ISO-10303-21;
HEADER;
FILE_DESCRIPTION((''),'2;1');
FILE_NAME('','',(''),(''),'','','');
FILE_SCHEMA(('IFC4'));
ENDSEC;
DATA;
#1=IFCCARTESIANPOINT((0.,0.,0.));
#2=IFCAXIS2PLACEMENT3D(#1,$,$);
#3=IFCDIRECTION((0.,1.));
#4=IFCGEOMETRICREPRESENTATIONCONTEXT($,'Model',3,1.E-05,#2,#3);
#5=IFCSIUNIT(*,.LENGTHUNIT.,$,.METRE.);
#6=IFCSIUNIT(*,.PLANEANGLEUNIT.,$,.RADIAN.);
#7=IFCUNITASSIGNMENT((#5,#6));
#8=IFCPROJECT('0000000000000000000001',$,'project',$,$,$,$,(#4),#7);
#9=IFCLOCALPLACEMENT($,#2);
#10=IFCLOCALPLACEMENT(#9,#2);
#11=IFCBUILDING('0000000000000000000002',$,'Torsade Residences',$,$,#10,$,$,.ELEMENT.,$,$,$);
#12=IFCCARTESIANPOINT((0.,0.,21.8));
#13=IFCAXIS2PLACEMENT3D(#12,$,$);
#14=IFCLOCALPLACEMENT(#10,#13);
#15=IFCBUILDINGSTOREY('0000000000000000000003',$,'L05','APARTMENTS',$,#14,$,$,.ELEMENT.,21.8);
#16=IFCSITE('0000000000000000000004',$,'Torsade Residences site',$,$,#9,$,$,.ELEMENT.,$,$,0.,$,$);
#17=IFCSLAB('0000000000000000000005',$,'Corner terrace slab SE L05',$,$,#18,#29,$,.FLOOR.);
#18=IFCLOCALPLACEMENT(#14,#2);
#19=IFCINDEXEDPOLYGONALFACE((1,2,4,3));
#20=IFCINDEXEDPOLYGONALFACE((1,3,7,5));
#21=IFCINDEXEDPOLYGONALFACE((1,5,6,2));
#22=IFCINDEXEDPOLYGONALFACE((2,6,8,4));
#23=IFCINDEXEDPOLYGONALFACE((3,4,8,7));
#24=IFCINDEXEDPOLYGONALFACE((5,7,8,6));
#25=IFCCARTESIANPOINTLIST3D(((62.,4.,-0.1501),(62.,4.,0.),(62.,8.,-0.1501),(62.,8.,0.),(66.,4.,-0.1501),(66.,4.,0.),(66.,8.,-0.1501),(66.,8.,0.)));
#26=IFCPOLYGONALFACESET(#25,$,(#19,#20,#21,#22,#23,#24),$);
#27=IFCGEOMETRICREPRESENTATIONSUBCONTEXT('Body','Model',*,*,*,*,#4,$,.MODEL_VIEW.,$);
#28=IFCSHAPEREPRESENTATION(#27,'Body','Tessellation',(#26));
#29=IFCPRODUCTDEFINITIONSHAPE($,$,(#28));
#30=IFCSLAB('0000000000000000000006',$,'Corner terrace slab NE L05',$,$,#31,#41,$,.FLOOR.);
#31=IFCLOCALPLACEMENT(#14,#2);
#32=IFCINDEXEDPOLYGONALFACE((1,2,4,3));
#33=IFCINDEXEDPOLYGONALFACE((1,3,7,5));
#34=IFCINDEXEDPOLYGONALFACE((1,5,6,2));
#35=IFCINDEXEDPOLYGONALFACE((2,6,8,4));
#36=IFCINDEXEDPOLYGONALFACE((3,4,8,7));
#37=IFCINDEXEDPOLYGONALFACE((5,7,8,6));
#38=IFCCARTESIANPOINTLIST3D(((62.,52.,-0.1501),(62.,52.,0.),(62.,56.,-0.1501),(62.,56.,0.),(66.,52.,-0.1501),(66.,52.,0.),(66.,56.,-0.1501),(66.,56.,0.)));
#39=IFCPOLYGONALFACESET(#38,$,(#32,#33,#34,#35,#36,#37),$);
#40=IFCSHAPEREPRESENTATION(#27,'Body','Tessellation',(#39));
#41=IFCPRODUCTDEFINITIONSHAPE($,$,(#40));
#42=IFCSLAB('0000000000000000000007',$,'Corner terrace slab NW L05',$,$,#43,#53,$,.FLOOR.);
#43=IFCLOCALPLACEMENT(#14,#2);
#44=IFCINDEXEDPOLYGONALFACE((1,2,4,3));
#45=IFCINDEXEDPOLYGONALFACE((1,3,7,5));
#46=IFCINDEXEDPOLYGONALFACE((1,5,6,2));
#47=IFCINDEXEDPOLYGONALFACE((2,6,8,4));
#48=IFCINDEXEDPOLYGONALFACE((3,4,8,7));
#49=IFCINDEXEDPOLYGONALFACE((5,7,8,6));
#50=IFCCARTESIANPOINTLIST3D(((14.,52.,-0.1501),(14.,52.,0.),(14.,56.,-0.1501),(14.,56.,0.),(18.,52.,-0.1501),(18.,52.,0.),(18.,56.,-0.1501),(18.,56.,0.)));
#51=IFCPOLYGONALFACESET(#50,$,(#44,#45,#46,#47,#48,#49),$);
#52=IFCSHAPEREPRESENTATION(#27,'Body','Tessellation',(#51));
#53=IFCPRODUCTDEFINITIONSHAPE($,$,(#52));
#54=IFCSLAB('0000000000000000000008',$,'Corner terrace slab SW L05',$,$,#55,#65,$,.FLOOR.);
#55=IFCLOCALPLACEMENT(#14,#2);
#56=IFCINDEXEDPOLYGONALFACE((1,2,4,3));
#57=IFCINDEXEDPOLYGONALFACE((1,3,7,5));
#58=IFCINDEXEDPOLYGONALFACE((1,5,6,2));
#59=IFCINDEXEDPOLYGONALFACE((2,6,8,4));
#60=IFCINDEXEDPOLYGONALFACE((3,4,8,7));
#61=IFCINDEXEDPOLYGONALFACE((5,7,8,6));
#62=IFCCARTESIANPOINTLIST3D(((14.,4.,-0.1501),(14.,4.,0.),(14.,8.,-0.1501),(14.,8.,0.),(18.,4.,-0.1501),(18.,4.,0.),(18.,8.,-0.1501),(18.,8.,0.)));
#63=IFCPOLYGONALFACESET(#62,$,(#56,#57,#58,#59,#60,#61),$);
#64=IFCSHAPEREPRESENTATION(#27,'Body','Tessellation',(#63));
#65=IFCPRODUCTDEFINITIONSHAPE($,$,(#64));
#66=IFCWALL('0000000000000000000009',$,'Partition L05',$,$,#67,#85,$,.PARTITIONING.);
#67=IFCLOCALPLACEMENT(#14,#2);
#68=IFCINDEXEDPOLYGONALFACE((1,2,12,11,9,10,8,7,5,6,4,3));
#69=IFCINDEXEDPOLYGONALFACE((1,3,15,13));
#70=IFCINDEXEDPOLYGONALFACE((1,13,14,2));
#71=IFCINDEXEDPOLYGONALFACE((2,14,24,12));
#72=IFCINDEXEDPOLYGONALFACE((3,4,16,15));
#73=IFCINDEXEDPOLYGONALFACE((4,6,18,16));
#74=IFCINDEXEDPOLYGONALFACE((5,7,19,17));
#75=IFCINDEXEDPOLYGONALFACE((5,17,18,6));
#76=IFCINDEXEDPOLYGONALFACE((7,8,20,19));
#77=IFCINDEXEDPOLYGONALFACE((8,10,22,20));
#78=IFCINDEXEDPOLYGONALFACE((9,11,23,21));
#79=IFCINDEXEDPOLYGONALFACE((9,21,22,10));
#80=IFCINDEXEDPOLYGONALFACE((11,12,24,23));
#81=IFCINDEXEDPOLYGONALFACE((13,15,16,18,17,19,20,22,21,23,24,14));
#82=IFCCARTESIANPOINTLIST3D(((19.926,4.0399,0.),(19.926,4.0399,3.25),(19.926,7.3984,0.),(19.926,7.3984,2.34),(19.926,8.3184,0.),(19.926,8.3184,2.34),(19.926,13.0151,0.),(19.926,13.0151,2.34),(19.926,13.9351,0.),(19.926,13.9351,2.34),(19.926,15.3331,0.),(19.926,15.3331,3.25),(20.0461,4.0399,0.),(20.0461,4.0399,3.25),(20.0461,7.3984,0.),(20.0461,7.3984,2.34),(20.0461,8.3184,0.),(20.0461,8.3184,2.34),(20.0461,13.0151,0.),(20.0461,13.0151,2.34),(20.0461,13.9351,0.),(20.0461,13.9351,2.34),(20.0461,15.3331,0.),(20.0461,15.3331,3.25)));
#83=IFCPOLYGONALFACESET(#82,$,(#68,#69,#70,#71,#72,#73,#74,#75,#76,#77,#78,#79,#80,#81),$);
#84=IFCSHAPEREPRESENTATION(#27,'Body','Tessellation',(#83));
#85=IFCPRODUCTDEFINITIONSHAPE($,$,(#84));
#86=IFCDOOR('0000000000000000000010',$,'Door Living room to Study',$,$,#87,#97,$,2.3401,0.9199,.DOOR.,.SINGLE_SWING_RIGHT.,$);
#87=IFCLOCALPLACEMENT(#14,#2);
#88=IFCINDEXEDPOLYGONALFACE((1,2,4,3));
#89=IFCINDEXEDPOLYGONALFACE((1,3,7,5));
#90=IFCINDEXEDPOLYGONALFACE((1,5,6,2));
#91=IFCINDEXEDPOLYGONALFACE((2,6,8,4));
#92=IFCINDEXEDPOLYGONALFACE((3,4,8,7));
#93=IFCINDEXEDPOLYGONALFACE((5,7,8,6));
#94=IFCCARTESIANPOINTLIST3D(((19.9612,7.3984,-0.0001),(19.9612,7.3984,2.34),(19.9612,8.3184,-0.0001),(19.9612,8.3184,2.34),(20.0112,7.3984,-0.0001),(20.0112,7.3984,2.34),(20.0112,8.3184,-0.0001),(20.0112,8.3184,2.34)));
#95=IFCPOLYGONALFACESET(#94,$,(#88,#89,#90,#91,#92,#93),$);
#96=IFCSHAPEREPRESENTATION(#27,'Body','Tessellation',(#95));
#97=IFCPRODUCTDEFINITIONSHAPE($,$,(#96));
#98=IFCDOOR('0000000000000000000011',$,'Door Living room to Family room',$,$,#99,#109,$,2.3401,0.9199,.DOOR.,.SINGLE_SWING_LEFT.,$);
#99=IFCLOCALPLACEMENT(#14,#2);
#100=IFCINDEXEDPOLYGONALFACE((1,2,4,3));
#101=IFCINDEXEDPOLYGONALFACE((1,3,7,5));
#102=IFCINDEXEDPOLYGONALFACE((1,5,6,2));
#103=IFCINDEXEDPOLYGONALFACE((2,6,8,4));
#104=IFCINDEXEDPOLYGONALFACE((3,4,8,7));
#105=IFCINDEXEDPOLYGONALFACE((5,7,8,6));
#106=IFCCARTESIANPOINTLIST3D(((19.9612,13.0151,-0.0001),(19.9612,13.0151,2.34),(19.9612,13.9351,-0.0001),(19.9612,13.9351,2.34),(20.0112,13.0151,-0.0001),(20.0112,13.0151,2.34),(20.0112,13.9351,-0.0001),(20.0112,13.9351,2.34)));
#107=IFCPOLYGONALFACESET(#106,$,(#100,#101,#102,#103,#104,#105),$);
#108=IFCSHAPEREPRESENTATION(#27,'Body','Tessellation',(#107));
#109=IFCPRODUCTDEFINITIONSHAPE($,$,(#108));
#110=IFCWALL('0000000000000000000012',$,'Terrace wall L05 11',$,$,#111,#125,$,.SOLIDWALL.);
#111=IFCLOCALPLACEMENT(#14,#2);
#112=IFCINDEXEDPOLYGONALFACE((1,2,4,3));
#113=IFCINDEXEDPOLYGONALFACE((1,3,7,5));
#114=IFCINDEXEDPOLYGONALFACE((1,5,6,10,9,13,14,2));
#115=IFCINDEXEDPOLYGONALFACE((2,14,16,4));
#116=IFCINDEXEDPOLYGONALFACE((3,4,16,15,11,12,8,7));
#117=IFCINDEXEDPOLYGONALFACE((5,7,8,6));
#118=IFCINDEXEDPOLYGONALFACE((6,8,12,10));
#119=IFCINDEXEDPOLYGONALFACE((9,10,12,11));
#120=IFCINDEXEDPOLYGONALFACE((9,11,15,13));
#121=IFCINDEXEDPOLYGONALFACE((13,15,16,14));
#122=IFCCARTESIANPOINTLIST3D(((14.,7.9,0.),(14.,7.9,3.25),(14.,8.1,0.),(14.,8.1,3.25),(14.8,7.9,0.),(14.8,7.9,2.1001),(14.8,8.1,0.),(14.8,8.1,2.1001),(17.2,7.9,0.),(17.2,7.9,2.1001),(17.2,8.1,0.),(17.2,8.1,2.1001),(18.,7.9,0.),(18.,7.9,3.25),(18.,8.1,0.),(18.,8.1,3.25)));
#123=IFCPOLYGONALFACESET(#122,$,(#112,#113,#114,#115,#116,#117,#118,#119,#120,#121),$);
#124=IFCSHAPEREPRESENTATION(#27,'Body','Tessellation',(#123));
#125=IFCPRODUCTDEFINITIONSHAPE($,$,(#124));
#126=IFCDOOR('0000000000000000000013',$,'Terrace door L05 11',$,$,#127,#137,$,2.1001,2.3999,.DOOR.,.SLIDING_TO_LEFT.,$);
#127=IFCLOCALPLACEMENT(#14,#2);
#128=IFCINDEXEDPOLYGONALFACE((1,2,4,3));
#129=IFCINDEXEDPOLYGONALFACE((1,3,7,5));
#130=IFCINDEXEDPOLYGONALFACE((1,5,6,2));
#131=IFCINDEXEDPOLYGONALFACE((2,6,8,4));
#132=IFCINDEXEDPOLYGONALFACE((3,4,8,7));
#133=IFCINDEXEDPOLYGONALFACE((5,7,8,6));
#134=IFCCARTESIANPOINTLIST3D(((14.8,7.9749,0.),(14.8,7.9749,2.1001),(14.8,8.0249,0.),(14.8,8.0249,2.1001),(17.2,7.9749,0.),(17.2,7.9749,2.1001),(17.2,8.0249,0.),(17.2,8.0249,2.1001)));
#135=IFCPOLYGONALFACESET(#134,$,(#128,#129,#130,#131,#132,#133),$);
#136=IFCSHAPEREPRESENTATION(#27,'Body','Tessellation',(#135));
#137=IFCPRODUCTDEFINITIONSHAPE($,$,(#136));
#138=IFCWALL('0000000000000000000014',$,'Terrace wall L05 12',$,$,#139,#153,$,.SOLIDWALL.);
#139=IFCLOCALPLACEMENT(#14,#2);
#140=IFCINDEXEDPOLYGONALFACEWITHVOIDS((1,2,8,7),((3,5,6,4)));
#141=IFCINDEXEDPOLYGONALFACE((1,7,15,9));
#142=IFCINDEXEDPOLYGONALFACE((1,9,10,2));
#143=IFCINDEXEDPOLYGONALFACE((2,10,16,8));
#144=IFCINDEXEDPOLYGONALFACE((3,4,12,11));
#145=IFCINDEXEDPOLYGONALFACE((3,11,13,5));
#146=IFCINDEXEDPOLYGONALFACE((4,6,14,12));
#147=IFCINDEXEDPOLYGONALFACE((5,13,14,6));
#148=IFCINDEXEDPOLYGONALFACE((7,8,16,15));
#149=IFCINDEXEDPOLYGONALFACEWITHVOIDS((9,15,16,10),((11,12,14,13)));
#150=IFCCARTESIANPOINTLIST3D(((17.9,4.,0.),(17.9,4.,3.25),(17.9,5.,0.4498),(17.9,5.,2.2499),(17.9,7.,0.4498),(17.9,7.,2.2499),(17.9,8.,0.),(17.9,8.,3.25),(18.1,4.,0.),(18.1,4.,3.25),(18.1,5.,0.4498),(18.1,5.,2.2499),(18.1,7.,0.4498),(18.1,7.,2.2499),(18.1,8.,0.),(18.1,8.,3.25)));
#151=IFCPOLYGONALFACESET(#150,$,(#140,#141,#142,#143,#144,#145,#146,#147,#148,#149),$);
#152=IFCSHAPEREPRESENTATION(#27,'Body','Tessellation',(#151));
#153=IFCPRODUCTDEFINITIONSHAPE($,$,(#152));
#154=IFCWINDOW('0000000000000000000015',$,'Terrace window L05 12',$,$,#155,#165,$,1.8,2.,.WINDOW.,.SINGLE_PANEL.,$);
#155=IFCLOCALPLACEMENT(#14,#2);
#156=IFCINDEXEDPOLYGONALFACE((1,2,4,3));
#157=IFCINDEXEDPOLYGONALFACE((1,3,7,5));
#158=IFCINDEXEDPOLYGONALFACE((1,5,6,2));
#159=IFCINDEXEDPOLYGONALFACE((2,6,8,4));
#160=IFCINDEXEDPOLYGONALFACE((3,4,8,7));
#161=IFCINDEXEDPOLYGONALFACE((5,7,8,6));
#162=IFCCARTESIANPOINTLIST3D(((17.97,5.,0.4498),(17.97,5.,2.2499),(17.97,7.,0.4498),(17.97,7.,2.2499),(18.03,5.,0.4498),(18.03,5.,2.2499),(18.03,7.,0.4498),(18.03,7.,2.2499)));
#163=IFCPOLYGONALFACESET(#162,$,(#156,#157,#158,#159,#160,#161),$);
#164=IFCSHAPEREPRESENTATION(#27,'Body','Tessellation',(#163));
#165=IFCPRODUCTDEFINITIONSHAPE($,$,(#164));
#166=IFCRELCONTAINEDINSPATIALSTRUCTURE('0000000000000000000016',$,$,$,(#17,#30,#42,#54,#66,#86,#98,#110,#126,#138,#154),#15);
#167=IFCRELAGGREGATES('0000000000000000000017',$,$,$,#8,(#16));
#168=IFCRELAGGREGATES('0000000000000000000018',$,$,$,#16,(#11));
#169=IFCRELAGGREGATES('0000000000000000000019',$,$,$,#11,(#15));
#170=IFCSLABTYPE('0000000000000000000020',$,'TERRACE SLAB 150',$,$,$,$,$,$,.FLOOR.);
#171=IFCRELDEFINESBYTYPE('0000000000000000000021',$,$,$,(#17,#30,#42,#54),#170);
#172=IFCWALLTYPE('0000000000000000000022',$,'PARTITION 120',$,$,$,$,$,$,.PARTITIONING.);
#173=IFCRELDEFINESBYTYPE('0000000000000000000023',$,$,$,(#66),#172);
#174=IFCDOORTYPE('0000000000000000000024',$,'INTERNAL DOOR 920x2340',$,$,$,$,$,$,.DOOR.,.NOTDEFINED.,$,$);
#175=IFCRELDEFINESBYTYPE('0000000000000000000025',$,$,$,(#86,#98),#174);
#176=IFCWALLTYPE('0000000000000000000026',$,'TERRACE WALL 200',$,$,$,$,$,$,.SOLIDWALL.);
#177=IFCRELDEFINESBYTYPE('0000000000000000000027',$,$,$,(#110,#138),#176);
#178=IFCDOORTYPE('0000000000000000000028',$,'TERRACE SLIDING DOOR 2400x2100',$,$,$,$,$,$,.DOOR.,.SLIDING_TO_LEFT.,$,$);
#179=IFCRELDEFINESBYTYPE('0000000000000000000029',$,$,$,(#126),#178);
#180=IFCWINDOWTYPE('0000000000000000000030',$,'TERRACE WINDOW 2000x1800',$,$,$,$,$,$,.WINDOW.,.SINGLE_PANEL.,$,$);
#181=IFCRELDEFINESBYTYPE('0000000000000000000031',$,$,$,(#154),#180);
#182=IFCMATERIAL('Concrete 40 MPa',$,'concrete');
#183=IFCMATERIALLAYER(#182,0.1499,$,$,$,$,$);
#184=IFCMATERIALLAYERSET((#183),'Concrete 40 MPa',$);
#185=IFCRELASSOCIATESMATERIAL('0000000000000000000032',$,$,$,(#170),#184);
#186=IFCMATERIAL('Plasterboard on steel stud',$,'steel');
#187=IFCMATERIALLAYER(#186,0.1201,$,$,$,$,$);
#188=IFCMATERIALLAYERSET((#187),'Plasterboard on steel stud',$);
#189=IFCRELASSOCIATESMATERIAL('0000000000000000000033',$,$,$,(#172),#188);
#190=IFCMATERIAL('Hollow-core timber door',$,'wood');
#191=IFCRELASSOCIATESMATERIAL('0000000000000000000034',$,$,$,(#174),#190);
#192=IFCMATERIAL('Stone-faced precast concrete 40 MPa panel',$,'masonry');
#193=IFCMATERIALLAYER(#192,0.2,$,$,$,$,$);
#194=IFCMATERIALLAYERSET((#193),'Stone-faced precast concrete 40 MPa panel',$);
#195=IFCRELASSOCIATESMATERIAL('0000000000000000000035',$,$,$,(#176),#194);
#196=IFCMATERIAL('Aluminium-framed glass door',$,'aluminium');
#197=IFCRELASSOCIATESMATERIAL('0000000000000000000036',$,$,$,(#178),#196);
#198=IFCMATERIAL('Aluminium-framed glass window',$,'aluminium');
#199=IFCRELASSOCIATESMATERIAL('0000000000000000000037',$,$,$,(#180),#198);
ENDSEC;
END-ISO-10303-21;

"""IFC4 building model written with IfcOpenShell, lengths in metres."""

from ifc_helpers import new_model, si_unit, direction, frame, frame_2d, origin, place, context, subcontext, project, spatial, polyline, rectangle, outline, extrude, material, layer, layer_set, type_object, element, fill, save


model = new_model("IFC4")

# Units and contexts
model_context = context("Model", 3, precision=1e-05, world=origin(), true_north=direction((0.0, 1.0)))
body_context = subcontext(model_context, "Body", "Model", "MODEL_VIEW")
ifc_project = project(units=[si_unit("LENGTHUNIT", "METRE"), si_unit("PLANEANGLEUNIT", "RADIAN")], contexts=[model_context])

# Site, building, storey
site_placement = place(None, origin())
site = spatial("IfcSite", under=ifc_project, at=site_placement, Name="Torsade Residences site", CompositionType="ELEMENT", RefElevation=0.0)
building_placement = place(site_placement, origin())
building = spatial("IfcBuilding", under=site, at=building_placement, Name="Torsade Residences", CompositionType="ELEMENT")
storey_placement = place(building_placement, frame((0.0, 0.0, 21.8)))
storey = spatial("IfcBuildingStorey", under=building, at=storey_placement, Name="L05", Description="APARTMENTS", CompositionType="ELEMENT", Elevation=21.8)

# Slabs
ifc_material_1 = material(Name="Concrete 40 MPa", Category="concrete")
ifc_layer_1 = layer(ifc_material_1, 0.1499)
ifc_layer_set_1 = layer_set([ifc_layer_1], Name="Concrete 40 MPa")
slab_type_1 = type_object("IfcSlabType", Name="TERRACE SLAB 150", PredefinedType="FLOOR", material=ifc_layer_set_1)
slab_1_placement = place(storey_placement, frame((0.0, 0.0, -0.1501)))
element("IfcSlab", 1, at=slab_1_placement, inside=storey, type_object=slab_type_1, Name="Corner terrace slab SE L05", PredefinedType="FLOOR", context=body_context, shape_type="SweptSolid", body=[
    extrude(outline(polyline([(62.0, 4.0), (66.0, 4.0), (66.0, 8.0), (62.0, 8.0), (62.0, 4.0)])), origin(), (0.0, 0.0, 1.0), 0.1501),
])
slab_2_placement = place(storey_placement, frame((0.0, 0.0, -0.1501)))
element("IfcSlab", 2, at=slab_2_placement, inside=storey, type_object=slab_type_1, Name="Corner terrace slab NE L05", PredefinedType="FLOOR", context=body_context, shape_type="SweptSolid", body=[
    extrude(outline(polyline([(62.0, 52.0), (66.0, 52.0), (66.0, 56.0), (62.0, 56.0), (62.0, 52.0)])), origin(), (0.0, 0.0, 1.0), 0.1501),
])
slab_3_placement = place(storey_placement, frame((0.0, 0.0, -0.1501)))
element("IfcSlab", 3, at=slab_3_placement, inside=storey, type_object=slab_type_1, Name="Corner terrace slab NW L05", PredefinedType="FLOOR", context=body_context, shape_type="SweptSolid", body=[
    extrude(outline(polyline([(14.0, 52.0), (18.0, 52.0), (18.0, 56.0), (14.0, 56.0), (14.0, 52.0)])), origin(), (0.0, 0.0, 1.0), 0.1501),
])
slab_4_placement = place(storey_placement, frame((0.0, 0.0, -0.1501)))
element("IfcSlab", 4, at=slab_4_placement, inside=storey, type_object=slab_type_1, Name="Corner terrace slab SW L05", PredefinedType="FLOOR", context=body_context, shape_type="SweptSolid", body=[
    extrude(outline(polyline([(14.0, 4.0), (18.0, 4.0), (18.0, 8.0), (14.0, 8.0), (14.0, 4.0)])), origin(), (0.0, 0.0, 1.0), 0.1501),
])

# Wall, openings, doors
ifc_material_2 = material(Name="Plasterboard on steel stud", Category="steel")
ifc_layer_2 = layer(ifc_material_2, 0.1201)
ifc_layer_set_2 = layer_set([ifc_layer_2], Name="Plasterboard on steel stud")
wall_type_1 = type_object("IfcWallType", Name="PARTITION 120", PredefinedType="PARTITIONING", material=ifc_layer_set_2)
wall_1_placement = place(storey_placement, frame((19.9861, 4.04, 0.0), z_axis=(0.0, 0.0, 1.0), x_axis=(0.0, 1.0, 0.0)))
wall_1 = element("IfcWall", 5, at=wall_1_placement, inside=storey, type_object=wall_type_1, Name="Partition L05", PredefinedType="PARTITIONING", context=body_context, shape_type="SweptSolid", body=[
    extrude(rectangle(XDim=11.2932, YDim=0.1201, at=frame_2d((5.6465, 0.0))), origin(), (0.0, 0.0, 1.0), 3.25),
])
opening_1_placement = place(wall_1_placement, frame((3.3584, 0.0, 0.0)))
opening_1 = element("IfcOpeningElement", 6, at=opening_1_placement, cuts=wall_1, PredefinedType="OPENING", context=body_context, shape_type="SweptSolid", body=[
    extrude(rectangle(XDim=0.9199, YDim=2.3401, at=frame_2d((0.46, 1.1699))), frame((0.0, 0.0701, 0.0), z_axis=(0.0, -1.0, 0.0), x_axis=(1.0, 0.0, 0.0)), (0.0, 0.0, 1.0), 0.1401),
])
opening_2_placement = place(wall_1_placement, frame((8.9751, 0.0, 0.0)))
opening_2 = element("IfcOpeningElement", 7, at=opening_2_placement, cuts=wall_1, PredefinedType="OPENING", context=body_context, shape_type="SweptSolid", body=[
    extrude(rectangle(XDim=0.9199, YDim=2.3401, at=frame_2d((0.46, 1.1699))), frame((0.0, 0.0701, 0.0), z_axis=(0.0, -1.0, 0.0), x_axis=(1.0, 0.0, 0.0)), (0.0, 0.0, 1.0), 0.1401),
])
ifc_material_3 = material(Name="Hollow-core timber door", Category="wood")
door_type_1 = type_object("IfcDoorType", Name="INTERNAL DOOR 920x2340", OperationType="NOTDEFINED", PredefinedType="DOOR", material=ifc_material_3)
door_1_placement = place(opening_1_placement, origin())
door_1 = element("IfcDoor", 8, at=door_1_placement, inside=storey, type_object=door_type_1, Name="Door Living room to Study", OperationType="SINGLE_SWING_RIGHT", OverallHeight=2.3401, OverallWidth=0.9199, PredefinedType="DOOR", context=body_context, shape_type="SweptSolid", body=[
    extrude(rectangle(XDim=0.9199, YDim=2.3401, at=frame_2d((0.46, 1.1699))), frame((0.0, 0.0249, 0.0), z_axis=(0.0, -1.0, 0.0), x_axis=(1.0, 0.0, 0.0)), (0.0, 0.0, 1.0), 0.05),
])
fill(opening_1, door_1)
door_2_placement = place(opening_2_placement, origin())
door_2 = element("IfcDoor", 9, at=door_2_placement, inside=storey, type_object=door_type_1, Name="Door Living room to Family room", OperationType="SINGLE_SWING_LEFT", OverallHeight=2.3401, OverallWidth=0.9199, PredefinedType="DOOR", context=body_context, shape_type="SweptSolid", body=[
    extrude(rectangle(XDim=0.9199, YDim=2.3401, at=frame_2d((0.46, 1.1699))), frame((0.0, 0.0249, 0.0), z_axis=(0.0, -1.0, 0.0), x_axis=(1.0, 0.0, 0.0)), (0.0, 0.0, 1.0), 0.05),
])
fill(opening_2, door_2)

# Wall, opening, door
ifc_material_4 = material(Name="Stone-faced precast concrete 40 MPa panel", Category="masonry")
ifc_layer_3 = layer(ifc_material_4, 0.2)
ifc_layer_set_3 = layer_set([ifc_layer_3], Name="Stone-faced precast concrete 40 MPa panel")
wall_type_2 = type_object("IfcWallType", Name="TERRACE WALL 200", PredefinedType="SOLIDWALL", material=ifc_layer_set_3)
wall_2_placement = place(storey_placement, frame((14.0, 8.0, 0.0), z_axis=(0.0, 0.0, 1.0), x_axis=(1.0, 0.0, 0.0)))
wall_2 = element("IfcWall", 10, at=wall_2_placement, inside=storey, type_object=wall_type_2, Name="Terrace wall L05 11", PredefinedType="SOLIDWALL", context=body_context, shape_type="SweptSolid", body=[
    extrude(rectangle(XDim=4.0, YDim=0.2, at=frame_2d((2.0, 0.0))), origin(), (0.0, 0.0, 1.0), 3.25),
])
opening_3_placement = place(wall_2_placement, frame((0.8, 0.0, 0.0)))
opening_3 = element("IfcOpeningElement", 11, at=opening_3_placement, cuts=wall_2, PredefinedType="OPENING", context=body_context, shape_type="SweptSolid", body=[
    extrude(rectangle(XDim=2.3999, YDim=2.1001, at=frame_2d((1.2, 1.05))), frame((0.0, 0.1099, 0.0), z_axis=(0.0, -1.0, 0.0), x_axis=(1.0, 0.0, 0.0)), (0.0, 0.0, 1.0), 0.22),
])
ifc_material_5 = material(Name="Aluminium-framed glass door", Category="aluminium")
door_type_2 = type_object("IfcDoorType", Name="TERRACE SLIDING DOOR 2400x2100", OperationType="SLIDING_TO_LEFT", PredefinedType="DOOR", material=ifc_material_5)
door_3_placement = place(opening_3_placement, origin())
door_3 = element("IfcDoor", 12, at=door_3_placement, inside=storey, type_object=door_type_2, Name="Terrace door L05 11", OperationType="SLIDING_TO_LEFT", OverallHeight=2.1001, OverallWidth=2.3999, PredefinedType="DOOR", context=body_context, shape_type="SweptSolid", body=[
    extrude(rectangle(XDim=2.3999, YDim=2.1001, at=frame_2d((1.2, 1.05))), frame((0.0, 0.0249, 0.0), z_axis=(0.0, -1.0, 0.0), x_axis=(1.0, 0.0, 0.0)), (0.0, 0.0, 1.0), 0.05),
])
fill(opening_3, door_3)

# Wall, opening, window
wall_3_placement = place(storey_placement, frame((18.0, 8.0, 0.0), z_axis=(0.0, 0.0, 1.0), x_axis=(0.0, -1.0, 0.0)))
wall_3 = element("IfcWall", 13, at=wall_3_placement, inside=storey, type_object=wall_type_2, Name="Terrace wall L05 12", PredefinedType="SOLIDWALL", context=body_context, shape_type="SweptSolid", body=[
    extrude(rectangle(XDim=4.0, YDim=0.2, at=frame_2d((2.0, 0.0))), origin(), (0.0, 0.0, 1.0), 3.25),
])
opening_4_placement = place(wall_3_placement, frame((1.0, 0.0, 0.45)))
opening_4 = element("IfcOpeningElement", 14, at=opening_4_placement, cuts=wall_3, PredefinedType="OPENING", context=body_context, shape_type="SweptSolid", body=[
    extrude(rectangle(XDim=2.0, YDim=1.8, at=frame_2d((1.0, 0.8999))), frame((0.0, 0.1099, 0.0), z_axis=(0.0, -1.0, 0.0), x_axis=(1.0, 0.0, 0.0)), (0.0, 0.0, 1.0), 0.22),
])
ifc_material_6 = material(Name="Aluminium-framed glass window", Category="aluminium")
window_type = type_object("IfcWindowType", Name="TERRACE WINDOW 2000x1800", PartitioningType="SINGLE_PANEL", PredefinedType="WINDOW", material=ifc_material_6)
window_placement = place(opening_4_placement, origin())
window = element("IfcWindow", 15, at=window_placement, inside=storey, type_object=window_type, Name="Terrace window L05 12", OverallHeight=1.8, OverallWidth=2.0, PartitioningType="SINGLE_PANEL", PredefinedType="WINDOW", context=body_context, shape_type="SweptSolid", body=[
    extrude(rectangle(XDim=2.0, YDim=1.8, at=frame_2d((1.0, 0.8999))), frame((0.0, 0.03, 0.0), z_axis=(0.0, -1.0, 0.0), x_axis=(1.0, 0.0, 0.0)), (0.0, 0.0, 1.0), 0.0601),
])
fill(opening_4, window)

save(model, "model.ifc")
